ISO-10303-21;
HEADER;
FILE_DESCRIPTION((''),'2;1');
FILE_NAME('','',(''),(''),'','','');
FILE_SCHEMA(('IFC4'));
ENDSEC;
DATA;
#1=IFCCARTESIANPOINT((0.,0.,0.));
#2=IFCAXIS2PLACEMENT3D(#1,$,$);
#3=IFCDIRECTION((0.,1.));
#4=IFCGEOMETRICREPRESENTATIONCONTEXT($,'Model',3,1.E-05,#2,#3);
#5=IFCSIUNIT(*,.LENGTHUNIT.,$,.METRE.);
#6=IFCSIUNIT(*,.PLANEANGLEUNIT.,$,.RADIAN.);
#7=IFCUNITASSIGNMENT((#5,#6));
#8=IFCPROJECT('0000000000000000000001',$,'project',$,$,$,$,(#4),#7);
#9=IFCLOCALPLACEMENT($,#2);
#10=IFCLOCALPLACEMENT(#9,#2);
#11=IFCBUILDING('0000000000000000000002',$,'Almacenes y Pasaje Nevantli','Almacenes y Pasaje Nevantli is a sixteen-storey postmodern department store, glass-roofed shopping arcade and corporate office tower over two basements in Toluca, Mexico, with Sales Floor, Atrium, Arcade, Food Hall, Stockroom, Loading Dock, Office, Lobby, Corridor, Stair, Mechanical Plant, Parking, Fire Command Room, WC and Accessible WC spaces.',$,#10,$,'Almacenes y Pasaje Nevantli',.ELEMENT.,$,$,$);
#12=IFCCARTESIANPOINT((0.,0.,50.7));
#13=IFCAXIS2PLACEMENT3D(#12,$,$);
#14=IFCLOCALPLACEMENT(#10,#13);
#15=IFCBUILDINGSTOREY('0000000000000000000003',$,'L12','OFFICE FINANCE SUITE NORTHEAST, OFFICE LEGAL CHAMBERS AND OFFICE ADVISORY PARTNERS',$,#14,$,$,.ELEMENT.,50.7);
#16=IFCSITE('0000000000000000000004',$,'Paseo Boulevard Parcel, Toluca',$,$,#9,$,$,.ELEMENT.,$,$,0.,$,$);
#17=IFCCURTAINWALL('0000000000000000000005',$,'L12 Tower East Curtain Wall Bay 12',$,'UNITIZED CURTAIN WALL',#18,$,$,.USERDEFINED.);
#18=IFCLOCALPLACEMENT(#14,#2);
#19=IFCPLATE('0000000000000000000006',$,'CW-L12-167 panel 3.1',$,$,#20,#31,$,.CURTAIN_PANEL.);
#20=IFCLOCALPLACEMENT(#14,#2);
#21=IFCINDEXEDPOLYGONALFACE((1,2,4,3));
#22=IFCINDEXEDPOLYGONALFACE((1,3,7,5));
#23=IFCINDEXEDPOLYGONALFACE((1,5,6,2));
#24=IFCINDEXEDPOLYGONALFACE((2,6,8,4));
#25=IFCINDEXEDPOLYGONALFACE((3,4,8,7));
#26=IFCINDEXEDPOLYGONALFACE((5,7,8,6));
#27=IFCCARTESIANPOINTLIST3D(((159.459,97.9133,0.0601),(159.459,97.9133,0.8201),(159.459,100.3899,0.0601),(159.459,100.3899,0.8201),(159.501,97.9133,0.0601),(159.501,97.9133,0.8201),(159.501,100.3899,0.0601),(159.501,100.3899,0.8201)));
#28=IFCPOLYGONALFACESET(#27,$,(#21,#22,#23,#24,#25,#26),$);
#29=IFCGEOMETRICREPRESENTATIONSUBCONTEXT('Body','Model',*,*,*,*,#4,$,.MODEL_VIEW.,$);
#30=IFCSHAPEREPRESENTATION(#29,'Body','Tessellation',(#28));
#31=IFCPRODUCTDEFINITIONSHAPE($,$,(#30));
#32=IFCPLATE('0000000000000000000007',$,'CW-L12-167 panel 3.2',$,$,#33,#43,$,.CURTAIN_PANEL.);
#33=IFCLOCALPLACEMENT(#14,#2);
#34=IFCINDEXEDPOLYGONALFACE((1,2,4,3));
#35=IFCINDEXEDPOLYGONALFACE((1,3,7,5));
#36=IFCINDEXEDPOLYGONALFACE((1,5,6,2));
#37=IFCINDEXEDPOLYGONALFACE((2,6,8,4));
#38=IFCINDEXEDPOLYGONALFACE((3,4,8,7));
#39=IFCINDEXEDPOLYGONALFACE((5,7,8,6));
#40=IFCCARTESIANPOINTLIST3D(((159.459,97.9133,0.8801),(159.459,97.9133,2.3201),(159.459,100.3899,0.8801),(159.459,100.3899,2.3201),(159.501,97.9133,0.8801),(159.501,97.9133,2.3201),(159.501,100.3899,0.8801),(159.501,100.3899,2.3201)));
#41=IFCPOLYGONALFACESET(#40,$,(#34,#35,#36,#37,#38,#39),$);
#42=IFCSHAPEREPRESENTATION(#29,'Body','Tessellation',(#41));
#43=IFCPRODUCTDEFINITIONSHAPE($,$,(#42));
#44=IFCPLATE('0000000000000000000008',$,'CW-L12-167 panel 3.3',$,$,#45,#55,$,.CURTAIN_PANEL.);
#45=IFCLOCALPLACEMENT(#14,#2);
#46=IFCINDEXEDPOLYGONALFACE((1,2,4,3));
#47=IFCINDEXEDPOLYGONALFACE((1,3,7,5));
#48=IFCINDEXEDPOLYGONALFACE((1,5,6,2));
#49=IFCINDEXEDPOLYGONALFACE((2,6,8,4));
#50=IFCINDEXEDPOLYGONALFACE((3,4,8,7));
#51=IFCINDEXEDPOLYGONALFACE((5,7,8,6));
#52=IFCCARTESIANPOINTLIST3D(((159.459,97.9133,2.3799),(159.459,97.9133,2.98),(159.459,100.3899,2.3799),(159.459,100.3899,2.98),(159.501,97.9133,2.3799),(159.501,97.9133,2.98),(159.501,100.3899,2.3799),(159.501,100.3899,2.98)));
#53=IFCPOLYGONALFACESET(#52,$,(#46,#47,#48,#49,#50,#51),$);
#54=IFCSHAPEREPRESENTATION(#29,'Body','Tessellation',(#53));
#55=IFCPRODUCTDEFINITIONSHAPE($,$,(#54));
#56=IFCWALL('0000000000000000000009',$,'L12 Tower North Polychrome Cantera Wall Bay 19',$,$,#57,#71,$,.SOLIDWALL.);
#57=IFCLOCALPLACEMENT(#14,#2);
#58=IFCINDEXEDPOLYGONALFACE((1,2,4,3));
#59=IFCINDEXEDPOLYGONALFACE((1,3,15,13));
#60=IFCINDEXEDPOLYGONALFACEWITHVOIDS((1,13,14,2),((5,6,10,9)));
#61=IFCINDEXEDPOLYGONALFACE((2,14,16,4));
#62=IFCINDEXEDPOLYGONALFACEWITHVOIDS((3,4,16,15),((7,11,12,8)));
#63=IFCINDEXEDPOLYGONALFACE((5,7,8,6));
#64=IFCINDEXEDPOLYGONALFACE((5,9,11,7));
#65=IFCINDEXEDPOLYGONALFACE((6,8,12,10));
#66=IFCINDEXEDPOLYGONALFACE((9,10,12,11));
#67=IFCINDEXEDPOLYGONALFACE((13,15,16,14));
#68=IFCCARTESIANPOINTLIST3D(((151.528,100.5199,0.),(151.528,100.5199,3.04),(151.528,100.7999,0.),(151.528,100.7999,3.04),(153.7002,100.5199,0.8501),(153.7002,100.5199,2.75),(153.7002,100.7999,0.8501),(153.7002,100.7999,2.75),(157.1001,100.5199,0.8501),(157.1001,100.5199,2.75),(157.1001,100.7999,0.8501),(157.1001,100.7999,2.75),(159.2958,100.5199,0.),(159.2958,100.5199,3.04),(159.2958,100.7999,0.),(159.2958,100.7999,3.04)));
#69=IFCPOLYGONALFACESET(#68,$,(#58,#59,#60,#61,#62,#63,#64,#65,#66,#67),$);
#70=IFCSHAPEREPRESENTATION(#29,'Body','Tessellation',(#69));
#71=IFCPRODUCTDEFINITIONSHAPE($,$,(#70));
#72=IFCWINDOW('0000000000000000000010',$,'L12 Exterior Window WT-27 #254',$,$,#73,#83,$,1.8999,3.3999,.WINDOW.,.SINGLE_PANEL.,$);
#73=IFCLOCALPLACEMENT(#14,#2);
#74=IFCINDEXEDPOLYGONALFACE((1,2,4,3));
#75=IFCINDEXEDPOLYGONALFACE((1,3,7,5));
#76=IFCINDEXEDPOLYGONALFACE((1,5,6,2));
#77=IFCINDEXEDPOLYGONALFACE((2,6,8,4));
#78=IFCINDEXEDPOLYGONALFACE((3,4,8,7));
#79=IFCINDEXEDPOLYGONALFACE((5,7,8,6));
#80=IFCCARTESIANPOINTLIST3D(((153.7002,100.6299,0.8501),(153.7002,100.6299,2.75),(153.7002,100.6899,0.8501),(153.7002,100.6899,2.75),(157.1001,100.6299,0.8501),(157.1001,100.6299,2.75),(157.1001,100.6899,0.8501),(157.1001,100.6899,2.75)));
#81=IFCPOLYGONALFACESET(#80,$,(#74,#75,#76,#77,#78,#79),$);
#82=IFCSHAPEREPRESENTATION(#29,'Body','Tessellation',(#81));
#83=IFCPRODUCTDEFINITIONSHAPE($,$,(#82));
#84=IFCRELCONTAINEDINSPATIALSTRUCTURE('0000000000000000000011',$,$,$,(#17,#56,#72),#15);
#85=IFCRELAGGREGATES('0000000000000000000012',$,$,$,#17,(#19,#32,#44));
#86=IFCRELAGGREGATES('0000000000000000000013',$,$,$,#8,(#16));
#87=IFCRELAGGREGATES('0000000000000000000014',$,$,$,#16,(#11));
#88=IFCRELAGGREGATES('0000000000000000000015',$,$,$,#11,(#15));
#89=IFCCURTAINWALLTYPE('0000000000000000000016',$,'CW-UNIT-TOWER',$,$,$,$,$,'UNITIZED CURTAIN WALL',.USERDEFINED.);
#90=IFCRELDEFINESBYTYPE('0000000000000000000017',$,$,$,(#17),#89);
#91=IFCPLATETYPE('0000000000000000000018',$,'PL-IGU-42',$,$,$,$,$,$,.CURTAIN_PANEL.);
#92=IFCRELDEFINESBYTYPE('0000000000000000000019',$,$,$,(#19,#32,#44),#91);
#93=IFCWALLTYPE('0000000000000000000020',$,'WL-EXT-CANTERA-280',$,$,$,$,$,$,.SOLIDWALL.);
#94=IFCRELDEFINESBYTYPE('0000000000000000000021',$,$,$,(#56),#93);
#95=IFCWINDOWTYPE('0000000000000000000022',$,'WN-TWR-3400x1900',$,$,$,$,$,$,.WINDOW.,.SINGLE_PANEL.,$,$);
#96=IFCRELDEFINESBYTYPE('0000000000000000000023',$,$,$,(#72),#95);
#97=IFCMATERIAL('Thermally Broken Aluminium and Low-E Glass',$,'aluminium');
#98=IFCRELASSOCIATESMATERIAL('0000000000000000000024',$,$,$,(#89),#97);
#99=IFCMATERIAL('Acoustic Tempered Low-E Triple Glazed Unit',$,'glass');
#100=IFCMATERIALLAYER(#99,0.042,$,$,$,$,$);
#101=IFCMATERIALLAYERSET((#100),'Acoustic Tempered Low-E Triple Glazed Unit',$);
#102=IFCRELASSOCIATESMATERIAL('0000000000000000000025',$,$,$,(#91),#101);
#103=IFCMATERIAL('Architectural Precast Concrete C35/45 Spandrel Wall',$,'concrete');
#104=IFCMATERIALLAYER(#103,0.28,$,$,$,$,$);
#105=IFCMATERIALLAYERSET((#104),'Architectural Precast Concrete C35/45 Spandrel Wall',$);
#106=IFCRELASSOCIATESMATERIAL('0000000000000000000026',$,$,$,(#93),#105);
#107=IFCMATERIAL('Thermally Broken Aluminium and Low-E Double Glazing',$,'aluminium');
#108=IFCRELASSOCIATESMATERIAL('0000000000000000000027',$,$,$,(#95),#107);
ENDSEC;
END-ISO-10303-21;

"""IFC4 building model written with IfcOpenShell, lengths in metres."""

from ifc_helpers import new_model, si_unit, direction, frame, frame_2d, origin, origin_2d, place, context, subcontext, project, spatial, rectangle, extrude, material, layer, layer_set, type_object, element, fill, aggregate, save


model = new_model("IFC4")

# Units and contexts
model_context = context("Model", 3, precision=1e-05, world=origin(), true_north=direction((0.0, 1.0)))
body_context = subcontext(model_context, "Body", "Model", "MODEL_VIEW")
ifc_project = project(units=[si_unit("LENGTHUNIT", "METRE"), si_unit("PLANEANGLEUNIT", "RADIAN")], contexts=[model_context])

# Site, building, storey
site_placement = place(None, origin())
site = spatial("IfcSite", under=ifc_project, at=site_placement, Name="Paseo Boulevard Parcel, Toluca", CompositionType="ELEMENT", RefElevation=0.0)
building_placement = place(site_placement, origin())
building = spatial("IfcBuilding", under=site, at=building_placement, Name="Almacenes y Pasaje Nevantli", Description="Almacenes y Pasaje Nevantli is a sixteen-storey postmodern department store, glass-roofed shopping arcade and corporate office tower over two basements in Toluca, Mexico, with Sales Floor, Atrium, Arcade, Food Hall, Stockroom, Loading Dock, Office, Lobby, Corridor, Stair, Mechanical Plant, Parking, Fire Command Room, WC and Accessible WC spaces.", LongName="Almacenes y Pasaje Nevantli", CompositionType="ELEMENT")
storey_placement = place(building_placement, frame((0.0, 0.0, 50.7)))
storey = spatial("IfcBuildingStorey", under=building, at=storey_placement, Name="L12", Description="OFFICE FINANCE SUITE NORTHEAST, OFFICE LEGAL CHAMBERS AND OFFICE ADVISORY PARTNERS", CompositionType="ELEMENT", Elevation=50.7)

# Curtain wall
ifc_material_1 = material(Name="Thermally Broken Aluminium and Low-E Glass", Category="aluminium")
curtain_wall_type = type_object("IfcCurtainWallType", Name="CW-UNIT-TOWER", ElementType="UNITIZED CURTAIN WALL", PredefinedType="USERDEFINED", material=ifc_material_1)
curtain_wall_1_placement = place(storey_placement, origin())
curtain_wall_1 = element("IfcCurtainWall", 1, at=curtain_wall_1_placement, inside=storey, type_object=curtain_wall_type, Name="L12 Tower East Curtain Wall Bay 12", ObjectType="UNITIZED CURTAIN WALL", PredefinedType="USERDEFINED")

# Plates
ifc_material_2 = material(Name="Acoustic Tempered Low-E Triple Glazed Unit", Category="glass")
ifc_layer_1 = layer(ifc_material_2, 0.042)
ifc_layer_set_1 = layer_set([ifc_layer_1], Name="Acoustic Tempered Low-E Triple Glazed Unit")
plate_type = type_object("IfcPlateType", Name="PL-IGU-42", PredefinedType="CURTAIN_PANEL", material=ifc_layer_set_1)
plate_1_placement = place(storey_placement, frame((159.48, 99.1516, 0.0601), z_axis=(0.0, 0.0, 1.0), x_axis=(0.0, 1.0, 0.0)))
plate_1 = element("IfcPlate", 2, at=plate_1_placement, type_object=plate_type, Name="CW-L12-167 panel 3.1", PredefinedType="CURTAIN_PANEL", context=body_context, shape_type="SweptSolid", body=[
    extrude(rectangle(XDim=2.4766, YDim=0.042, at=origin_2d()), origin(), (0.0, 0.0, 1.0), 0.76),
])
plate_2_placement = place(storey_placement, frame((159.48, 99.1516, 0.8801), z_axis=(0.0, 0.0, 1.0), x_axis=(0.0, 1.0, 0.0)))
plate_2 = element("IfcPlate", 3, at=plate_2_placement, type_object=plate_type, Name="CW-L12-167 panel 3.2", PredefinedType="CURTAIN_PANEL", context=body_context, shape_type="SweptSolid", body=[
    extrude(rectangle(XDim=2.4766, YDim=0.042, at=origin_2d()), origin(), (0.0, 0.0, 1.0), 1.4399),
])
plate_3_placement = place(storey_placement, frame((159.48, 99.1516, 2.3799), z_axis=(0.0, 0.0, 1.0), x_axis=(0.0, 1.0, 0.0)))
plate_3 = element("IfcPlate", 4, at=plate_3_placement, type_object=plate_type, Name="CW-L12-167 panel 3.3", PredefinedType="CURTAIN_PANEL", context=body_context, shape_type="SweptSolid", body=[
    extrude(rectangle(XDim=2.4766, YDim=0.042, at=origin_2d()), origin(), (0.0, 0.0, 1.0), 0.6001),
])
aggregate(curtain_wall_1, [plate_1, plate_2, plate_3])

# Wall, opening, window
ifc_material_3 = material(Name="Architectural Precast Concrete C35/45 Spandrel Wall", Category="concrete")
ifc_layer_2 = layer(ifc_material_3, 0.28)
ifc_layer_set_2 = layer_set([ifc_layer_2], Name="Architectural Precast Concrete C35/45 Spandrel Wall")
wall_type = type_object("IfcWallType", Name="WL-EXT-CANTERA-280", PredefinedType="SOLIDWALL", material=ifc_layer_set_2)
wall_placement = place(storey_placement, frame((151.5281, 100.6599, 0.0), z_axis=(0.0, 0.0, 1.0), x_axis=(1.0, 0.0, 0.0)))
wall = element("IfcWall", 5, at=wall_placement, inside=storey, type_object=wall_type, Name="L12 Tower North Polychrome Cantera Wall Bay 19", PredefinedType="SOLIDWALL", context=body_context, shape_type="SweptSolid", body=[
    extrude(rectangle(XDim=7.7678, YDim=0.28, at=frame_2d((3.8838, 0.0))), origin(), (0.0, 0.0, 1.0), 3.04),
])
opening_placement = place(wall_placement, frame((2.1721, 0.0, 0.8501)))
opening = element("IfcOpeningElement", 6, at=opening_placement, cuts=wall, PredefinedType="OPENING", context=body_context, shape_type="SweptSolid", body=[
    extrude(rectangle(XDim=3.3999, YDim=1.8999, at=frame_2d((1.7, 0.95))), frame((0.0, 0.1499, 0.0), z_axis=(0.0, -1.0, 0.0), x_axis=(1.0, 0.0, 0.0)), (0.0, 0.0, 1.0), 0.3),
])
ifc_material_4 = material(Name="Thermally Broken Aluminium and Low-E Double Glazing", Category="aluminium")
window_type = type_object("IfcWindowType", Name="WN-TWR-3400x1900", PartitioningType="SINGLE_PANEL", PredefinedType="WINDOW", material=ifc_material_4)
window_placement = place(opening_placement, origin())
window = element("IfcWindow", 7, at=window_placement, inside=storey, type_object=window_type, Name="L12 Exterior Window WT-27 #254", OverallHeight=1.8999, OverallWidth=3.3999, PartitioningType="SINGLE_PANEL", PredefinedType="WINDOW", context=body_context, shape_type="SweptSolid", body=[
    extrude(rectangle(XDim=3.3999, YDim=1.8999, at=frame_2d((1.7, 0.95))), frame((0.0, 0.03, 0.0), z_axis=(0.0, -1.0, 0.0), x_axis=(1.0, 0.0, 0.0)), (0.0, 0.0, 1.0), 0.0601),
])
fill(opening, window)

save(model, "model.ifc")
